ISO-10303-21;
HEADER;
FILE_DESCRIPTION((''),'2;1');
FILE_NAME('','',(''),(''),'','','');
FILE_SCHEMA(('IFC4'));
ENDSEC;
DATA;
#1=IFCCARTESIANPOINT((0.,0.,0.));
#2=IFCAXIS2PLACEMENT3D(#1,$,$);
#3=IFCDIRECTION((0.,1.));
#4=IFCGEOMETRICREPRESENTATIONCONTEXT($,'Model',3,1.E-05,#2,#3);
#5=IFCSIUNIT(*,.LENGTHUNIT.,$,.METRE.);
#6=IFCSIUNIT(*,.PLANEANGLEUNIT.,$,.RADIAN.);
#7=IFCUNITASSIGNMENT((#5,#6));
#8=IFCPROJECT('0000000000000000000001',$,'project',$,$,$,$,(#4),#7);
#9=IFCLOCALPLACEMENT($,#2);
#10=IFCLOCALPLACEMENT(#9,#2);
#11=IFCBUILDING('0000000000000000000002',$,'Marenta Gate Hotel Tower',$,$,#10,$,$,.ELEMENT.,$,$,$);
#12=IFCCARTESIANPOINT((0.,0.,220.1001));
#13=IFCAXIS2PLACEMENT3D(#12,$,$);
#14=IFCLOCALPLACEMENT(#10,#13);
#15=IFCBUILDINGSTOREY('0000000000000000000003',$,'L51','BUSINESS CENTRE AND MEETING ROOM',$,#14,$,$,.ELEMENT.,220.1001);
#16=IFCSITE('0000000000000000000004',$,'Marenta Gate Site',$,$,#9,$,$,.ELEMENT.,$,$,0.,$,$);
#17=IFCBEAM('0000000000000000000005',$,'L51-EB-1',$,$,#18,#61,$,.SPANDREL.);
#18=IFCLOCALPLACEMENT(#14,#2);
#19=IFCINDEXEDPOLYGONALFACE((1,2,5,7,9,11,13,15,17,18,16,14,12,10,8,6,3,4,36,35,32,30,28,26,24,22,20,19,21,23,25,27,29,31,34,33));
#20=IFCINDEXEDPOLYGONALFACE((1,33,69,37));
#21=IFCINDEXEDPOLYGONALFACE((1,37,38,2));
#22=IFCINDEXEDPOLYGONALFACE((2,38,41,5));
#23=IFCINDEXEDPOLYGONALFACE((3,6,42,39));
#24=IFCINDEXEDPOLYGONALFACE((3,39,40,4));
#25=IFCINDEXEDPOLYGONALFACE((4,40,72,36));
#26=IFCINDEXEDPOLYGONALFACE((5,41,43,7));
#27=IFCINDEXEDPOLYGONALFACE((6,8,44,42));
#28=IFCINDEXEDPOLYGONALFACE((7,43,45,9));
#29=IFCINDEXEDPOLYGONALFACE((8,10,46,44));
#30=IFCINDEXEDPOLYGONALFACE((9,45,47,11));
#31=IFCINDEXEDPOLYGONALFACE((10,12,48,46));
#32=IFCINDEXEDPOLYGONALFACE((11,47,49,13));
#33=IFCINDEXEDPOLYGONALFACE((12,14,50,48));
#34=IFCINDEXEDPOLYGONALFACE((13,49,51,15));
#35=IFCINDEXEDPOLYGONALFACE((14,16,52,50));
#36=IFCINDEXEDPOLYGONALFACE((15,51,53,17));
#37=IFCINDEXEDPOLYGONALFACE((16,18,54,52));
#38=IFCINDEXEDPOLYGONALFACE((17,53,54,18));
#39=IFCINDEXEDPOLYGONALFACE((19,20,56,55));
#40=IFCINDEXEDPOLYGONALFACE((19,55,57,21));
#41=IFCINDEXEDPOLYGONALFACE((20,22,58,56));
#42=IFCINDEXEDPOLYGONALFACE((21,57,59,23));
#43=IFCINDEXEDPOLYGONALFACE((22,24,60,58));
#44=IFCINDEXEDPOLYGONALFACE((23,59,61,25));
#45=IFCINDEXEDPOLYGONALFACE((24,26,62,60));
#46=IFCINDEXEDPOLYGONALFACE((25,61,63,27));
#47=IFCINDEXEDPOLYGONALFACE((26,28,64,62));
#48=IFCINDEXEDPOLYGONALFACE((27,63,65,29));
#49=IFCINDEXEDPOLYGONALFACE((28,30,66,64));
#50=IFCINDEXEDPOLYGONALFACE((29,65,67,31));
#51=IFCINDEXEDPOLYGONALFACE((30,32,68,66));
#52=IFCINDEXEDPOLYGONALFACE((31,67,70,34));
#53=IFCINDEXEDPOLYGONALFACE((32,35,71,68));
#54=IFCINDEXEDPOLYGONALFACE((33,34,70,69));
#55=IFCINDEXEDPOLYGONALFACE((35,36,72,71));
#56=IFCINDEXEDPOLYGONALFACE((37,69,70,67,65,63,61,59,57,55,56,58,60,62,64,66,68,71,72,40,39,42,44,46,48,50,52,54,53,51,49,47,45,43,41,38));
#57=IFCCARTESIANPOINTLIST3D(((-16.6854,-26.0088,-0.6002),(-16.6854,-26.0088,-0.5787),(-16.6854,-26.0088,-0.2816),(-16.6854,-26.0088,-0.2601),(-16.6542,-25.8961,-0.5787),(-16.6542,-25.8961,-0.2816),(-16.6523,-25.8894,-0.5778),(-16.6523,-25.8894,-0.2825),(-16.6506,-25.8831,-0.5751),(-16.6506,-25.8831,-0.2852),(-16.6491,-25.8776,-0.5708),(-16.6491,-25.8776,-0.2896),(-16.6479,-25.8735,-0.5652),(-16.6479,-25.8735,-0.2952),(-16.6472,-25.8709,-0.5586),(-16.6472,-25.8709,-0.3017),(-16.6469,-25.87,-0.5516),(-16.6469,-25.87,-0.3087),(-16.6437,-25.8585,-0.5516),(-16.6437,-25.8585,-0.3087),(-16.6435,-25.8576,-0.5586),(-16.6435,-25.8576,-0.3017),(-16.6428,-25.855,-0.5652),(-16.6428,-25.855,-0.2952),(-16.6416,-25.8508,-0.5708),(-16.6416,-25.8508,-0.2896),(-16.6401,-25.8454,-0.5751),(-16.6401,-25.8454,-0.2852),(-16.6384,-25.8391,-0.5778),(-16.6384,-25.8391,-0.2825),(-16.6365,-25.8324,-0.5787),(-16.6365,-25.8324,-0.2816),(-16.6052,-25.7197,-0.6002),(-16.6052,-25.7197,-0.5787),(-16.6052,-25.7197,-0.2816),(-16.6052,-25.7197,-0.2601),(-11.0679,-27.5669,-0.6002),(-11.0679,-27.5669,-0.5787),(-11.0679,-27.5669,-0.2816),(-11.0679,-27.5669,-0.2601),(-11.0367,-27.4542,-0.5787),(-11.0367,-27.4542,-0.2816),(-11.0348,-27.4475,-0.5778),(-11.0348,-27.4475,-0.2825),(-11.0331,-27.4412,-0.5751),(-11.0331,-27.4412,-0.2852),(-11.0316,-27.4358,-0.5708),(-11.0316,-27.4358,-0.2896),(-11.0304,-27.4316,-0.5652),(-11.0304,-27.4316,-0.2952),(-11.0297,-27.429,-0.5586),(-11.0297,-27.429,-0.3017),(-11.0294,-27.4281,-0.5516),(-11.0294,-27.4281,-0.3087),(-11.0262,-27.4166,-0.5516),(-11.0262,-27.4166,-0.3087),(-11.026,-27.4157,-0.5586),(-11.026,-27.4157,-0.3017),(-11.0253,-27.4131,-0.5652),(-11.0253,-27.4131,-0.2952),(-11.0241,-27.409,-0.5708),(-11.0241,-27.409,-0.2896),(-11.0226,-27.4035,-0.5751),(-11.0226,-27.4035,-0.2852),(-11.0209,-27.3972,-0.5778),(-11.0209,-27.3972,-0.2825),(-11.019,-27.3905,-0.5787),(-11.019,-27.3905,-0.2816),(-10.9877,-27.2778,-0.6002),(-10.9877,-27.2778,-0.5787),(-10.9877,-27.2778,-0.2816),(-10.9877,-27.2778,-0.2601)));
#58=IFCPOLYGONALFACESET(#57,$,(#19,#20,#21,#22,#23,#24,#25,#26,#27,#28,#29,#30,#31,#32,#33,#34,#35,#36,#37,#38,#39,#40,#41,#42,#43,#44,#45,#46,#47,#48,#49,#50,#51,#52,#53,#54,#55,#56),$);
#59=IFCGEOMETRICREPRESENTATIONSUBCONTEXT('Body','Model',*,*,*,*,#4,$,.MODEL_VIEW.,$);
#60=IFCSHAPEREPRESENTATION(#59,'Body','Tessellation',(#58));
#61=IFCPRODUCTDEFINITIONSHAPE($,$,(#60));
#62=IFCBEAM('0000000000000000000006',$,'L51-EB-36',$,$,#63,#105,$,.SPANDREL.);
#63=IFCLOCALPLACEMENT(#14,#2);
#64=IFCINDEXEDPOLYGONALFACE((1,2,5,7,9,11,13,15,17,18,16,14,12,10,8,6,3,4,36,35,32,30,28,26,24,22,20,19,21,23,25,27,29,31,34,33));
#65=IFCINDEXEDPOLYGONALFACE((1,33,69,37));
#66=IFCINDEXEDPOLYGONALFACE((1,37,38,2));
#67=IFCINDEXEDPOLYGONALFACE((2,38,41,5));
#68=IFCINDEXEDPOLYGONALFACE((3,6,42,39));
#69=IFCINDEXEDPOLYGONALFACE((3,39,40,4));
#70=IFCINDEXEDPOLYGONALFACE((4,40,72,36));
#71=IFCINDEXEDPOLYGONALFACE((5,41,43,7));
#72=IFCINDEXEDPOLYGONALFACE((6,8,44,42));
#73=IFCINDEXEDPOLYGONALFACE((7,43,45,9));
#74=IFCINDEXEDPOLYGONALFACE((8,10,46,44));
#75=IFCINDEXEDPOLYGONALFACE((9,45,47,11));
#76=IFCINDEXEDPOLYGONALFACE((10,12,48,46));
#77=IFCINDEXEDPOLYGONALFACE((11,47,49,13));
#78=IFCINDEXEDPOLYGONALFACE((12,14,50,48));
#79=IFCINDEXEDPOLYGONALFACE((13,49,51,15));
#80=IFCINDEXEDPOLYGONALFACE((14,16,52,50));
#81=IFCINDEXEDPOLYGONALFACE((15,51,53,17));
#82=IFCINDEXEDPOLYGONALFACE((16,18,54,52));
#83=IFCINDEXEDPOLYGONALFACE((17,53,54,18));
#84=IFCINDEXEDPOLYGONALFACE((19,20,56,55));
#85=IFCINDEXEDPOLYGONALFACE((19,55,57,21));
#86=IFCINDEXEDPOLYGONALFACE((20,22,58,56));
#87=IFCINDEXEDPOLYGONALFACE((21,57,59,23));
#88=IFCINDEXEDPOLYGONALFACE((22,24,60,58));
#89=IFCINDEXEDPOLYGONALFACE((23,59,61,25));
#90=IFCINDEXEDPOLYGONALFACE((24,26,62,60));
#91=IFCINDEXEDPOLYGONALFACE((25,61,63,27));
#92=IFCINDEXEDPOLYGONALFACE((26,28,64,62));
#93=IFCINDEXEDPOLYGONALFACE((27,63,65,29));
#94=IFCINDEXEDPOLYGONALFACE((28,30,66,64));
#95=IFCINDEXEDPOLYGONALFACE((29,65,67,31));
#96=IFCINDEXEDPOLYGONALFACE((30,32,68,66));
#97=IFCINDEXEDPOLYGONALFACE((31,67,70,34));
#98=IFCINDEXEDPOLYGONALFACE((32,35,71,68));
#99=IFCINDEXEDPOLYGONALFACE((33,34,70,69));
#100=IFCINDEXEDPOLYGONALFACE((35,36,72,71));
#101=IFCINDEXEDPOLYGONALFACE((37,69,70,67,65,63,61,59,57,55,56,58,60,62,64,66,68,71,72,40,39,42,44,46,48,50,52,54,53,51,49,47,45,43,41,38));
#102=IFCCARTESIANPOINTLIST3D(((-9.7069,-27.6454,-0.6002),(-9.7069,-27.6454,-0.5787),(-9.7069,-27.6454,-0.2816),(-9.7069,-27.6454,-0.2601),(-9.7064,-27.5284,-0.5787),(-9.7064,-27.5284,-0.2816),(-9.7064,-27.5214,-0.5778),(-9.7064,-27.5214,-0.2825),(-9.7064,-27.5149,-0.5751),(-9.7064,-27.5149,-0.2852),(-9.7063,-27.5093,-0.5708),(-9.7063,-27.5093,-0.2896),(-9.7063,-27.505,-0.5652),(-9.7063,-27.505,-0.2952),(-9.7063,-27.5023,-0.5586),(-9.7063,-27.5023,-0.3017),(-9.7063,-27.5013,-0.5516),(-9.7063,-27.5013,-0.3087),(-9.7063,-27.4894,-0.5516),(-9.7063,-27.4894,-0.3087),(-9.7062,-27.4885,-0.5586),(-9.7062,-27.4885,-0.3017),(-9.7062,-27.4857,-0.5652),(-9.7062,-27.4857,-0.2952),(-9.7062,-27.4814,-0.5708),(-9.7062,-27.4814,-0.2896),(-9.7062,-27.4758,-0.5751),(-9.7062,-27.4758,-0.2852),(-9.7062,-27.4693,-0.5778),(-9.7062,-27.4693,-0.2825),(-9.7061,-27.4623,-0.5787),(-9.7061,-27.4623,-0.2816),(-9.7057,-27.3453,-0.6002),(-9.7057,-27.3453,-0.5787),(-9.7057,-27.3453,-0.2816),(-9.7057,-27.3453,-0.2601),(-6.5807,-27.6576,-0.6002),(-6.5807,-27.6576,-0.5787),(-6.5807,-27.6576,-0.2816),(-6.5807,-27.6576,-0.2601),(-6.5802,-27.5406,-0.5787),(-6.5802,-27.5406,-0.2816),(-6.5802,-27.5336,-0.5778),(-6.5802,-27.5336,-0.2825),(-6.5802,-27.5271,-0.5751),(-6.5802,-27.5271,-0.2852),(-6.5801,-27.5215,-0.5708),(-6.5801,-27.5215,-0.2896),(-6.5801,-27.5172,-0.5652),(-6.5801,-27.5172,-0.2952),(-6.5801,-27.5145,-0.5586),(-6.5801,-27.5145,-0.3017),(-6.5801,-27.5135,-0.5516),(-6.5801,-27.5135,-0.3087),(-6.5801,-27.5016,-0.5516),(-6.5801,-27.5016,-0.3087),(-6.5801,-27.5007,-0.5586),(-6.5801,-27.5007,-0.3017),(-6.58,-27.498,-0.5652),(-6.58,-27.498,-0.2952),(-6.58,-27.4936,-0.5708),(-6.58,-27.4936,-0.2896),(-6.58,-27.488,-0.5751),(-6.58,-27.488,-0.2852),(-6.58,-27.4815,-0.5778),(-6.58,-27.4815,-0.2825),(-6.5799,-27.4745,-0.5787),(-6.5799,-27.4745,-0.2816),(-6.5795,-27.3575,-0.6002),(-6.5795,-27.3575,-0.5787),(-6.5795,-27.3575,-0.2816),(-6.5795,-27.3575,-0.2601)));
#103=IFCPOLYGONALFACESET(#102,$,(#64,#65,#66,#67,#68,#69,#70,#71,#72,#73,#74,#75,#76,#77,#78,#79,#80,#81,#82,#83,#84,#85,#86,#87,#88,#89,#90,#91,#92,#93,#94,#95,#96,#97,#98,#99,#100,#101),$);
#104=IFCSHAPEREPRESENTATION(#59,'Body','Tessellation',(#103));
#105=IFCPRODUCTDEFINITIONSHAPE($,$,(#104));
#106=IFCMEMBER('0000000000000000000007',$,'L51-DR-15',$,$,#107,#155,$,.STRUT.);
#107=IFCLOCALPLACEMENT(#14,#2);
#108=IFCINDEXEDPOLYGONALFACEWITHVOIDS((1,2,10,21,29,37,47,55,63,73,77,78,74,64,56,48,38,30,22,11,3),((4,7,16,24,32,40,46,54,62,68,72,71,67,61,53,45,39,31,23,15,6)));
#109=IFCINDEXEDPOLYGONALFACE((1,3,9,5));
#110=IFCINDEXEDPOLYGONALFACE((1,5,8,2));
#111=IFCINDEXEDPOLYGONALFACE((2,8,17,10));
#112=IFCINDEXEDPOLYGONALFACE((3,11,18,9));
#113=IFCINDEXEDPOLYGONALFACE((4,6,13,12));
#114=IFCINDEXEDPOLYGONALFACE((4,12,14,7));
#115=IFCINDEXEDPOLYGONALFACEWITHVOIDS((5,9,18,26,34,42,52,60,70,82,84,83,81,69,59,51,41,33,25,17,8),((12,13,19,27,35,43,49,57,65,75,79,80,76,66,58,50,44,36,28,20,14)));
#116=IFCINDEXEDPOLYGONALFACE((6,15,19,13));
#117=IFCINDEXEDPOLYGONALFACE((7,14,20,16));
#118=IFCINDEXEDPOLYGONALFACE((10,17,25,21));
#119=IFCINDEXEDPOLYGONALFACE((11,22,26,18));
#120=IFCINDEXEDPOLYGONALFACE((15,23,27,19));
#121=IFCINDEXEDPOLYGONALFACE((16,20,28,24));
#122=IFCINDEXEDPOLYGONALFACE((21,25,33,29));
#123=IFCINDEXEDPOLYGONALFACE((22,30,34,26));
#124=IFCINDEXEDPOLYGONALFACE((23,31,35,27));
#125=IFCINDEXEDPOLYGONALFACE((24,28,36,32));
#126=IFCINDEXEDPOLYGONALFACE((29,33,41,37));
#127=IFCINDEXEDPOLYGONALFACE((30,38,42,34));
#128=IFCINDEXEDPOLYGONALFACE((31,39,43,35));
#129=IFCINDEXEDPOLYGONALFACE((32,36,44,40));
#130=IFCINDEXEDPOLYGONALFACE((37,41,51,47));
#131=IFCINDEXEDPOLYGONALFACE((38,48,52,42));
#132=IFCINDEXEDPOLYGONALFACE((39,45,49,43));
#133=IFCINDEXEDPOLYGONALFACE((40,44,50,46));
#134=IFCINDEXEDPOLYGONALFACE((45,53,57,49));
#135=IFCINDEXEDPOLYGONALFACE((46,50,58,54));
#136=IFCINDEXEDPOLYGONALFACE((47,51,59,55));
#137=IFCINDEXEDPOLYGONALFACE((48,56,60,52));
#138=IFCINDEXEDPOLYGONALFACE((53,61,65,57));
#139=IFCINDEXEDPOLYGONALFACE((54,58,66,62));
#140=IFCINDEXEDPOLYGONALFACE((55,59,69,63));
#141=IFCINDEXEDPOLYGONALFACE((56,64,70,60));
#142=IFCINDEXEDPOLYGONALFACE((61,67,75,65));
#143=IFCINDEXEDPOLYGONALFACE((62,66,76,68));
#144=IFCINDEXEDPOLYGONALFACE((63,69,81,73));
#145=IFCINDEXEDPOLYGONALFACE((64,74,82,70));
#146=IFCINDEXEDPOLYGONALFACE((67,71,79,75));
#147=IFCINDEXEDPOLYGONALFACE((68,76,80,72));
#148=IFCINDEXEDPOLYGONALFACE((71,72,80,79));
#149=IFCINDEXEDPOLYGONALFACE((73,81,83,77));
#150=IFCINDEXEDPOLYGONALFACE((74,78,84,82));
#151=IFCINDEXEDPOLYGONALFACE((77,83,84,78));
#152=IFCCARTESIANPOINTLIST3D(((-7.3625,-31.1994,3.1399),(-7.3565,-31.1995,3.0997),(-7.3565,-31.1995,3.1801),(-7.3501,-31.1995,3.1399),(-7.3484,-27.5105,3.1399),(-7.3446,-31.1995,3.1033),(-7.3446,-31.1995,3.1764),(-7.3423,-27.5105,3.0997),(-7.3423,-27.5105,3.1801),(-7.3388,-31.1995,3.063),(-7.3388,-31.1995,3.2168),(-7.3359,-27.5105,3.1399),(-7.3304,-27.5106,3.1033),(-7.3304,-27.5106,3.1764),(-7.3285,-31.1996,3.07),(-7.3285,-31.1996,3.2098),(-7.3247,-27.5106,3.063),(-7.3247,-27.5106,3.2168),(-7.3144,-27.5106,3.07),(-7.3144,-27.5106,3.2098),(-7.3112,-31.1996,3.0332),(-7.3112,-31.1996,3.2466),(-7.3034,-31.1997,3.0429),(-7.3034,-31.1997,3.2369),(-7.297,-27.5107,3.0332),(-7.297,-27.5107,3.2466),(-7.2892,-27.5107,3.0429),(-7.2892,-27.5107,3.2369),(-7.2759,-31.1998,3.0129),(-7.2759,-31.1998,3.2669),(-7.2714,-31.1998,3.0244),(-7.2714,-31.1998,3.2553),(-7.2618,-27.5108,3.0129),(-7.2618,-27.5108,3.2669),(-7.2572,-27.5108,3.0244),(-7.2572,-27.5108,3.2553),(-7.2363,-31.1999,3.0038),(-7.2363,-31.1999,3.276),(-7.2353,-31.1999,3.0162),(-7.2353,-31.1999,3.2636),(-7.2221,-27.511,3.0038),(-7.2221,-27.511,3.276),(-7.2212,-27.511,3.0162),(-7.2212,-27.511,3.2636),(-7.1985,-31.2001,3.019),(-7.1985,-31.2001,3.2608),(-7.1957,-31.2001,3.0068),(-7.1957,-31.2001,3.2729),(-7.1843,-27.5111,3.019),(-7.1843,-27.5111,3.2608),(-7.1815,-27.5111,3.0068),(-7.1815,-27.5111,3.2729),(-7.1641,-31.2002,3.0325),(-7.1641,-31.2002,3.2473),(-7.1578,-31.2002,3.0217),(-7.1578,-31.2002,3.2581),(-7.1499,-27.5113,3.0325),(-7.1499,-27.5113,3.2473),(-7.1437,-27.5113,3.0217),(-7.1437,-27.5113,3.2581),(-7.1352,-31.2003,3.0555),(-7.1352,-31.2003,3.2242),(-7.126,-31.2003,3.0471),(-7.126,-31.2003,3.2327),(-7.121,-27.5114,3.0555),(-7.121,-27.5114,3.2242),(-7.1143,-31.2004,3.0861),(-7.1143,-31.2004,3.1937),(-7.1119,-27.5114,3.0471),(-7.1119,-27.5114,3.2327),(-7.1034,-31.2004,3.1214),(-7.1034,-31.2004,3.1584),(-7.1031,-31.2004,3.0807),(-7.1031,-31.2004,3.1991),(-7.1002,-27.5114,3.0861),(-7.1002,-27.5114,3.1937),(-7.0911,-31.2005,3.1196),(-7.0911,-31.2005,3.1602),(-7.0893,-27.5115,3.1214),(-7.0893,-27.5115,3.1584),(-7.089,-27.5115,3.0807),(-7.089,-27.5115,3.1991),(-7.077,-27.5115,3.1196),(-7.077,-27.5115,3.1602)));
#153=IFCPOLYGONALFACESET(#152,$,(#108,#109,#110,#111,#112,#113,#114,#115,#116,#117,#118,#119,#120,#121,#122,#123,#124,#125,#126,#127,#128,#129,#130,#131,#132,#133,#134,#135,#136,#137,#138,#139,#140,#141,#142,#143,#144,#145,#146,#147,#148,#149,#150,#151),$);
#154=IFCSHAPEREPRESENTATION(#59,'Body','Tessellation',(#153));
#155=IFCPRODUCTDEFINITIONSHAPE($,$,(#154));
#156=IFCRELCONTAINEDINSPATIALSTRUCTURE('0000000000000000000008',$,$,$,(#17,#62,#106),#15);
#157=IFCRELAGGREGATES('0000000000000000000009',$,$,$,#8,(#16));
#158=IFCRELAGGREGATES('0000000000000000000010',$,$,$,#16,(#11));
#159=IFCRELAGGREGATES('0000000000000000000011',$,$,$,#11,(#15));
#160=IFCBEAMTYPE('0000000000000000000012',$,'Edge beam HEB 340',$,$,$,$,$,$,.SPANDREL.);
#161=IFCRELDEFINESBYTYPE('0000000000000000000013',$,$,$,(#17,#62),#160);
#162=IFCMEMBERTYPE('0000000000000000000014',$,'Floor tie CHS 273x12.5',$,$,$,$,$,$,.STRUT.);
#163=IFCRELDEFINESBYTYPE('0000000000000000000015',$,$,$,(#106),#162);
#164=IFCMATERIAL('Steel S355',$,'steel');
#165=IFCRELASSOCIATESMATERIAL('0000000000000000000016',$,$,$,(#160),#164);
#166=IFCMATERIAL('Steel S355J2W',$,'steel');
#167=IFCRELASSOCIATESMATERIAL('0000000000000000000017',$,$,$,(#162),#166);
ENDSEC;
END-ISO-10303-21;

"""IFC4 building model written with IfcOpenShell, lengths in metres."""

from ifc_helpers import new_model, si_unit, direction, frame, origin, origin_2d, place, context, subcontext, project, spatial, hollow_circle, i_section, extrude, material, material_profile, profile_set, type_object, element, save


model = new_model("IFC4")

# Units and contexts
model_context = context("Model", 3, precision=1e-05, world=origin(), true_north=direction((0.0, 1.0)))
body_context = subcontext(model_context, "Body", "Model", "MODEL_VIEW")
ifc_project = project(units=[si_unit("LENGTHUNIT", "METRE"), si_unit("PLANEANGLEUNIT", "RADIAN")], contexts=[model_context])

# Site, building, storey
site_placement = place(None, origin())
site = spatial("IfcSite", under=ifc_project, at=site_placement, Name="Marenta Gate Site", CompositionType="ELEMENT", RefElevation=0.0)
building_placement = place(site_placement, origin())
building = spatial("IfcBuilding", under=site, at=building_placement, Name="Marenta Gate Hotel Tower", CompositionType="ELEMENT")
storey_placement = place(building_placement, frame((0.0, 0.0, 220.1001)))
storey = spatial("IfcBuildingStorey", under=building, at=storey_placement, Name="L51", Description="BUSINESS CENTRE AND MEETING ROOM", CompositionType="ELEMENT", Elevation=220.1001)

# Beams
ifc_material_1 = material(Name="Steel S355", Category="steel")
ifc_material_profile_1 = material_profile(ifc_material_1, i_section(OverallWidth=0.3, OverallDepth=0.3401, WebThickness=0.012, FlangeThickness=0.0215, FilletRadius=0.0271, at=origin_2d()), Name="HEB 340")
ifc_profile_set_1 = profile_set([ifc_material_profile_1], Name="Steel S355")
beam_type = type_object("IfcBeamType", Name="Edge beam HEB 340", PredefinedType="SPANDREL", material=ifc_profile_set_1)
beam_1_placement = place(storey_placement, frame((-11.0278, -27.4224, -0.4302), z_axis=(-0.963619, 0.267279, 0.0), x_axis=(-0.267279, -0.963619, 0.0)))
element("IfcBeam", 1, at=beam_1_placement, inside=storey, type_object=beam_type, Name="L51-EB-1", PredefinedType="SPANDREL", context=body_context, shape_type="SweptSolid", body=[
    extrude(i_section(OverallWidth=0.3, OverallDepth=0.3401, WebThickness=0.012, FlangeThickness=0.0215, FilletRadius=0.0271, at=origin_2d()), origin(), (0.0, 0.0, 1.0), 5.8296),
])
beam_2_placement = place(storey_placement, frame((-6.5801, -27.5076, -0.4302), z_axis=(-0.999992, 0.003905, 0.0), x_axis=(-0.003905, -0.999992, 0.0)))
element("IfcBeam", 2, at=beam_2_placement, inside=storey, type_object=beam_type, Name="L51-EB-36", PredefinedType="SPANDREL", context=body_context, shape_type="SweptSolid", body=[
    extrude(i_section(OverallWidth=0.3, OverallDepth=0.3401, WebThickness=0.012, FlangeThickness=0.0215, FilletRadius=0.0271, at=origin_2d()), origin(), (0.0, 0.0, 1.0), 3.1262),
])

# Member
ifc_material_2 = material(Name="Steel S355J2W", Category="steel")
ifc_material_profile_2 = material_profile(ifc_material_2, hollow_circle(Radius=0.1365, WallThickness=0.0125, at=origin_2d()), Name="CHS 273x12.5")
ifc_profile_set_2 = profile_set([ifc_material_profile_2], Name="Steel S355J2W")
member_type_1 = type_object("IfcMemberType", Name="Floor tie CHS 273x12.5", PredefinedType="STRUT", material=ifc_profile_set_2)
member_1_placement = place(storey_placement, frame((-7.2261, -31.2, 3.1399), z_axis=(0.003838, 0.999993, 0.0), x_axis=(-0.999993, 0.003838, 0.0)))
element("IfcMember", 3, at=member_1_placement, inside=storey, type_object=member_type_1, Name="L51-DR-15", PredefinedType="STRUT", context=body_context, shape_type="SweptSolid", body=[
    extrude(hollow_circle(Radius=0.1365, WallThickness=0.0125, at=origin_2d()), origin(), (0.0, 0.0, 1.0), 3.689),
])

save(model, "model.ifc")
